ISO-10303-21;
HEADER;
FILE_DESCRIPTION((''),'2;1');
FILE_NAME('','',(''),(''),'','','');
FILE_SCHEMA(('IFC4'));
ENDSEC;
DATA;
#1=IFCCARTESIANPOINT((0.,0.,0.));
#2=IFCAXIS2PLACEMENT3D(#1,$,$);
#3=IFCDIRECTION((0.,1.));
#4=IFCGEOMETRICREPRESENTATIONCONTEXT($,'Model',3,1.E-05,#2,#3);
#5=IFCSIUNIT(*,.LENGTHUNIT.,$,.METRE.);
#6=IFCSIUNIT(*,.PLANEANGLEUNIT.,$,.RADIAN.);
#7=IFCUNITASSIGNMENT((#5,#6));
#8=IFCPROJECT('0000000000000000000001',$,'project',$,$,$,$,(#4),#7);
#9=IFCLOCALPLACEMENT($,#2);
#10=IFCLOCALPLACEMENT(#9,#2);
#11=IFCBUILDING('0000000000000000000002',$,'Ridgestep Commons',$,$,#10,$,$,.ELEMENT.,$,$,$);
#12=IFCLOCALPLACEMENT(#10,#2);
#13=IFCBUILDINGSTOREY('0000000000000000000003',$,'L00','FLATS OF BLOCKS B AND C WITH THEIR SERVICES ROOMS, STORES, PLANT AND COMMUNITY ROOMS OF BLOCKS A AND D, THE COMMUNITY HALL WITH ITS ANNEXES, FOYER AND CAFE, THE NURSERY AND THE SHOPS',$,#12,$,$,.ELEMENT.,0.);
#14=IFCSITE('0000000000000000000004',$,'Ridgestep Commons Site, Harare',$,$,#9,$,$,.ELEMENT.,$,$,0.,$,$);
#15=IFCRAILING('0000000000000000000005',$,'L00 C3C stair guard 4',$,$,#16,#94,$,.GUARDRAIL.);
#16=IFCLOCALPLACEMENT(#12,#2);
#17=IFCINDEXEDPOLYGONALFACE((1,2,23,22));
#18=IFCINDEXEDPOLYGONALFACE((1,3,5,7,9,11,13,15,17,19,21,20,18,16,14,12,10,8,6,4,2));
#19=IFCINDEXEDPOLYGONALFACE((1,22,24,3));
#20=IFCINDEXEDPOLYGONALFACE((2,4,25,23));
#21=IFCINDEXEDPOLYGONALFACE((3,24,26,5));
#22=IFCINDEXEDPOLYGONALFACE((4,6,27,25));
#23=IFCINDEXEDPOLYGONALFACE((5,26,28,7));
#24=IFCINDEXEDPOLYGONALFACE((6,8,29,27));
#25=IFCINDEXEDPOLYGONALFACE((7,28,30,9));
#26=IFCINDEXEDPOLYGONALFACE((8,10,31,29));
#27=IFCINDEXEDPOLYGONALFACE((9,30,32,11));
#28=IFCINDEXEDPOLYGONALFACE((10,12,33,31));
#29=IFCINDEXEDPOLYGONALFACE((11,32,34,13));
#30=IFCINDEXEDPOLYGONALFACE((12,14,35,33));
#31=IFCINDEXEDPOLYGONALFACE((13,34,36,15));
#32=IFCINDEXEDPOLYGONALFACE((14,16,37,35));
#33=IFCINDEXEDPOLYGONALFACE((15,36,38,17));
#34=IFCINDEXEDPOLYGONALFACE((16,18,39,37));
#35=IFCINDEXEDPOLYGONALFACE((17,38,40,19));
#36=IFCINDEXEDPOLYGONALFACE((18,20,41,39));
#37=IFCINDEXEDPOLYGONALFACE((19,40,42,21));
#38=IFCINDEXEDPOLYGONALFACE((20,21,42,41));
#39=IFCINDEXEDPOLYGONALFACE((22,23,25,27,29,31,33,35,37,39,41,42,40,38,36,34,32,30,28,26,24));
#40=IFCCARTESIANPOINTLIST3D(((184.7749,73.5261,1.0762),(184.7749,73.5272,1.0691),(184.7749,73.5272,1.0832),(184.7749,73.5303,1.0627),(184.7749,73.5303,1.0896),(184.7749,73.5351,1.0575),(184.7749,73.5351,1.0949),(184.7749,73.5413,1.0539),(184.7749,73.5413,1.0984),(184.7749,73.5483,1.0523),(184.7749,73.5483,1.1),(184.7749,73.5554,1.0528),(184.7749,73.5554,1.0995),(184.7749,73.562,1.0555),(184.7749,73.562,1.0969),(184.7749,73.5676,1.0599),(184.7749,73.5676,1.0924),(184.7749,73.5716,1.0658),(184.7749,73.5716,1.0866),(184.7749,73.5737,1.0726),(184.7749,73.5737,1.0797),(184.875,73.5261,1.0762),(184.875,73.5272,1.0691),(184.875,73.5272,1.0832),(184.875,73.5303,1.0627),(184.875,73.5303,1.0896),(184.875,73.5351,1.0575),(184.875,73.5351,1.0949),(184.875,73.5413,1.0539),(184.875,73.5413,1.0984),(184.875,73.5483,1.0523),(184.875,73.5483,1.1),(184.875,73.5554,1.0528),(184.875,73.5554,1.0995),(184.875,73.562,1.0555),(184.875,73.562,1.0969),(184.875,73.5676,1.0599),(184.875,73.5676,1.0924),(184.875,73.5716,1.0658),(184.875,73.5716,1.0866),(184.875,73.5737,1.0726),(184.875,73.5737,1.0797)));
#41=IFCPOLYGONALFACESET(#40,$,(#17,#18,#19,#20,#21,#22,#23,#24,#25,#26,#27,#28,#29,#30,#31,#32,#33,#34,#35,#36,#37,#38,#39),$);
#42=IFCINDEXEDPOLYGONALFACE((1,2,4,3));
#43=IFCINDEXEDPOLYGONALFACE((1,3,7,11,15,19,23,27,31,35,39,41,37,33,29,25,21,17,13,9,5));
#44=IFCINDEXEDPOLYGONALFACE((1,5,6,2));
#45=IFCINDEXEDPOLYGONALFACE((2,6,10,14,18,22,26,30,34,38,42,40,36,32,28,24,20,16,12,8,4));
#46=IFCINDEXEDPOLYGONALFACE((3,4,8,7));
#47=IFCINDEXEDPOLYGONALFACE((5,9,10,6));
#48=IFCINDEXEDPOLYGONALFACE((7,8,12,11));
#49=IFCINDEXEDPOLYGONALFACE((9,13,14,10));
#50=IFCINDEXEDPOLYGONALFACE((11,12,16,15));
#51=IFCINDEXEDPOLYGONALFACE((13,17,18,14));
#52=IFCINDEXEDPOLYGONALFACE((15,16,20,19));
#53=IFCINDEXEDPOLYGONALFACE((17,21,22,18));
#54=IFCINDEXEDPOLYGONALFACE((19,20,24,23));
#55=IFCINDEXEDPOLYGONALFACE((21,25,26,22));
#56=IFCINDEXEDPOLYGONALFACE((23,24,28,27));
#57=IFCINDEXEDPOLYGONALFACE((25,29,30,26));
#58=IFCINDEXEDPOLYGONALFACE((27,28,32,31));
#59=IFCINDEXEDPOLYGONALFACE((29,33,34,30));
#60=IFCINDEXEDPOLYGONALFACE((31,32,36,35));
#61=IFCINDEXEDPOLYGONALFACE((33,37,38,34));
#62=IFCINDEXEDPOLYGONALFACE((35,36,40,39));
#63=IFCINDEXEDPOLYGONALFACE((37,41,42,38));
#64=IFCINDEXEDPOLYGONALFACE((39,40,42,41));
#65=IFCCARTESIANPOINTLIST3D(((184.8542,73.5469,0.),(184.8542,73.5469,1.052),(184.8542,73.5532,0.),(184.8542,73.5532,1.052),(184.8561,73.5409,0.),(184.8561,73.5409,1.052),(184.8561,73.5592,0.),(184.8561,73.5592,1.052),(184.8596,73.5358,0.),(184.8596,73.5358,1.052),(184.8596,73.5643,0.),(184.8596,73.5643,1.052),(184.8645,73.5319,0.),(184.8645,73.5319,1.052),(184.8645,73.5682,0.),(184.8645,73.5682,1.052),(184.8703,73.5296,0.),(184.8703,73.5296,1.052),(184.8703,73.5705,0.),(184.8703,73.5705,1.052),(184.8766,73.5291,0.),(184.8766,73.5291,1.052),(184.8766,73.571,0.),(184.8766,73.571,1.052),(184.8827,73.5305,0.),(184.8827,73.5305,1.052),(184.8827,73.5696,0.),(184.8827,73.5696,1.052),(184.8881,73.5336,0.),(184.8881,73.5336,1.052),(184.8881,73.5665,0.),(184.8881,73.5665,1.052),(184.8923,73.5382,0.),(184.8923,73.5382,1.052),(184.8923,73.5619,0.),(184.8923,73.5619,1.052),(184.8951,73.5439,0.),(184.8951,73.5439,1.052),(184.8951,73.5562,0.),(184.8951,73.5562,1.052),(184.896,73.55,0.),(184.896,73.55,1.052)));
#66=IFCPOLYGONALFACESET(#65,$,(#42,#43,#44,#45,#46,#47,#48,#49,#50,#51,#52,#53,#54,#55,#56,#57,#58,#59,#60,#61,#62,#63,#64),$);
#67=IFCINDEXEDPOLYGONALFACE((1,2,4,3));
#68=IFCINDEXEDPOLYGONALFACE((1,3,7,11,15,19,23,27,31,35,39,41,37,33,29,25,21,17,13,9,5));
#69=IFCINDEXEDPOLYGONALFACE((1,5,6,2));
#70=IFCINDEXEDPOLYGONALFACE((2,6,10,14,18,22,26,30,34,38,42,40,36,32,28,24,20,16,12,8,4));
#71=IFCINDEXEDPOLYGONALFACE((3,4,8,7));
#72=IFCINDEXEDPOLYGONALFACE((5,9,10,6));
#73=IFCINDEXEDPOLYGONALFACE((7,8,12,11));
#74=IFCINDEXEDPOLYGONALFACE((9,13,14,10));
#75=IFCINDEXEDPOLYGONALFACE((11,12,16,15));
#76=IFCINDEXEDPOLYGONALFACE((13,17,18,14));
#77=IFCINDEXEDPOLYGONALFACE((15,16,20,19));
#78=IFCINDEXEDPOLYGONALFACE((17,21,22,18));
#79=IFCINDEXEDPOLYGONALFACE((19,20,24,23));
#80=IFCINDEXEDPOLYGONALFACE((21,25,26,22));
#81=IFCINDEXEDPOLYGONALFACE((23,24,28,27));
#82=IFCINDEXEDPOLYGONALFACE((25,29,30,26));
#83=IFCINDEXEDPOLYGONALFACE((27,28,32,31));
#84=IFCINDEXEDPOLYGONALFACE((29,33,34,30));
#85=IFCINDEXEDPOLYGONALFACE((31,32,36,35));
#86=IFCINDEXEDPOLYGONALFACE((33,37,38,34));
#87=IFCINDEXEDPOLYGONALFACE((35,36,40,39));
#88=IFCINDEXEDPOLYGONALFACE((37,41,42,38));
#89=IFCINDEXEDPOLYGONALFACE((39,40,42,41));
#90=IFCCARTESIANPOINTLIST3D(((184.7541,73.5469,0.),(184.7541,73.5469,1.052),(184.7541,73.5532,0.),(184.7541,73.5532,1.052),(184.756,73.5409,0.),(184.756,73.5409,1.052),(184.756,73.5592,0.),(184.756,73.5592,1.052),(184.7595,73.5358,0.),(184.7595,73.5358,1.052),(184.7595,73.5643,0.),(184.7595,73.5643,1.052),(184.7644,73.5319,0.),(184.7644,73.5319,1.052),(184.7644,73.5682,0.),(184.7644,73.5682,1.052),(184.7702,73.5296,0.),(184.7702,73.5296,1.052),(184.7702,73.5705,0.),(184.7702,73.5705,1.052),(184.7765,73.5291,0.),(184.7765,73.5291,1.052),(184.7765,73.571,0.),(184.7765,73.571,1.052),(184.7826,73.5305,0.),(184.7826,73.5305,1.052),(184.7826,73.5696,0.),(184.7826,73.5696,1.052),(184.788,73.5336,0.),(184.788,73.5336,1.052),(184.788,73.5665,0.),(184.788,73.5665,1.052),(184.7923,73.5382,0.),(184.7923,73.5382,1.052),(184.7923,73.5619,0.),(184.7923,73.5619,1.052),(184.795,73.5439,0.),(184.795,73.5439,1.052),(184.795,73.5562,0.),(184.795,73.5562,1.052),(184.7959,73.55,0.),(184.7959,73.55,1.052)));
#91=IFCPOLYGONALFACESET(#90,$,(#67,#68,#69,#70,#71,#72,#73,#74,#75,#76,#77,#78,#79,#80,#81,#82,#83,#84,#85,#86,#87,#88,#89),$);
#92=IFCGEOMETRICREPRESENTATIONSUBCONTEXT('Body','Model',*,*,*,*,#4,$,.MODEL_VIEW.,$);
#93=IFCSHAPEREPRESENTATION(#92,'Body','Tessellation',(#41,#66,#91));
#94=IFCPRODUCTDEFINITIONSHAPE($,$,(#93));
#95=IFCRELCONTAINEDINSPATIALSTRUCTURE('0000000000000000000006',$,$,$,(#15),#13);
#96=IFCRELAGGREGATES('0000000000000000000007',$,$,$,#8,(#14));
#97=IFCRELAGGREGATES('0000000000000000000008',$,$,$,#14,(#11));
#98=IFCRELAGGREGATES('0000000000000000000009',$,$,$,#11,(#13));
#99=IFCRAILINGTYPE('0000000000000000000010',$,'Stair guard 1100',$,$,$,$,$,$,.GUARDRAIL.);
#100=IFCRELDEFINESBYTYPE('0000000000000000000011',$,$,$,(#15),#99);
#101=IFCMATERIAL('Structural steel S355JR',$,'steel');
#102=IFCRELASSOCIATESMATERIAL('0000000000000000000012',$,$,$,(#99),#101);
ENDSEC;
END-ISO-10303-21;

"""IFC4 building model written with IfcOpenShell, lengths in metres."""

from ifc_helpers import new_model, si_unit, direction, frame, origin, origin_2d, place, context, subcontext, project, spatial, circle, extrude, material, type_object, element, save


model = new_model("IFC4")

# Units and contexts
model_context = context("Model", 3, precision=1e-05, world=origin(), true_north=direction((0.0, 1.0)))
body_context = subcontext(model_context, "Body", "Model", "MODEL_VIEW")
ifc_project = project(units=[si_unit("LENGTHUNIT", "METRE"), si_unit("PLANEANGLEUNIT", "RADIAN")], contexts=[model_context])

# Site, building, storey
site_placement = place(None, origin())
site = spatial("IfcSite", under=ifc_project, at=site_placement, Name="Ridgestep Commons Site, Harare", CompositionType="ELEMENT", RefElevation=0.0)
building_placement = place(site_placement, origin())
building = spatial("IfcBuilding", under=site, at=building_placement, Name="Ridgestep Commons", CompositionType="ELEMENT")
storey_placement = place(building_placement, origin())
storey = spatial("IfcBuildingStorey", under=building, at=storey_placement, Name="L00", Description="FLATS OF BLOCKS B AND C WITH THEIR SERVICES ROOMS, STORES, PLANT AND COMMUNITY ROOMS OF BLOCKS A AND D, THE COMMUNITY HALL WITH ITS ANNEXES, FOYER AND CAFE, THE NURSERY AND THE SHOPS", CompositionType="ELEMENT", Elevation=0.0)

# Railing
ifc_material_1 = material(Name="Structural steel S355JR", Category="steel")
railing_type = type_object("IfcRailingType", Name="Stair guard 1100", PredefinedType="GUARDRAIL", material=ifc_material_1)
railing_1_placement = place(storey_placement, frame((184.875, 73.55, 0.0)))
element("IfcRailing", 1, at=railing_1_placement, inside=storey, type_object=railing_type, Name="L00 C3C stair guard 4", PredefinedType="GUARDRAIL", context=body_context, shape_type="SweptSolid", body=[
    extrude(circle(Radius=0.0239, at=origin_2d()), frame((0.0, 0.0, 1.0762), z_axis=(-1.0, 0.0, 0.0), x_axis=(0.0, -1.0, 0.0)), (0.0, 0.0, 1.0), 0.1001),
    extrude(circle(Radius=0.021, at=origin_2d()), origin(), (0.0, 0.0, 1.0), 1.052),
    extrude(circle(Radius=0.021, at=origin_2d()), frame((-0.1001, 0.0, 0.0)), (0.0, 0.0, 1.0), 1.052),
])

save(model, "model.ifc")
